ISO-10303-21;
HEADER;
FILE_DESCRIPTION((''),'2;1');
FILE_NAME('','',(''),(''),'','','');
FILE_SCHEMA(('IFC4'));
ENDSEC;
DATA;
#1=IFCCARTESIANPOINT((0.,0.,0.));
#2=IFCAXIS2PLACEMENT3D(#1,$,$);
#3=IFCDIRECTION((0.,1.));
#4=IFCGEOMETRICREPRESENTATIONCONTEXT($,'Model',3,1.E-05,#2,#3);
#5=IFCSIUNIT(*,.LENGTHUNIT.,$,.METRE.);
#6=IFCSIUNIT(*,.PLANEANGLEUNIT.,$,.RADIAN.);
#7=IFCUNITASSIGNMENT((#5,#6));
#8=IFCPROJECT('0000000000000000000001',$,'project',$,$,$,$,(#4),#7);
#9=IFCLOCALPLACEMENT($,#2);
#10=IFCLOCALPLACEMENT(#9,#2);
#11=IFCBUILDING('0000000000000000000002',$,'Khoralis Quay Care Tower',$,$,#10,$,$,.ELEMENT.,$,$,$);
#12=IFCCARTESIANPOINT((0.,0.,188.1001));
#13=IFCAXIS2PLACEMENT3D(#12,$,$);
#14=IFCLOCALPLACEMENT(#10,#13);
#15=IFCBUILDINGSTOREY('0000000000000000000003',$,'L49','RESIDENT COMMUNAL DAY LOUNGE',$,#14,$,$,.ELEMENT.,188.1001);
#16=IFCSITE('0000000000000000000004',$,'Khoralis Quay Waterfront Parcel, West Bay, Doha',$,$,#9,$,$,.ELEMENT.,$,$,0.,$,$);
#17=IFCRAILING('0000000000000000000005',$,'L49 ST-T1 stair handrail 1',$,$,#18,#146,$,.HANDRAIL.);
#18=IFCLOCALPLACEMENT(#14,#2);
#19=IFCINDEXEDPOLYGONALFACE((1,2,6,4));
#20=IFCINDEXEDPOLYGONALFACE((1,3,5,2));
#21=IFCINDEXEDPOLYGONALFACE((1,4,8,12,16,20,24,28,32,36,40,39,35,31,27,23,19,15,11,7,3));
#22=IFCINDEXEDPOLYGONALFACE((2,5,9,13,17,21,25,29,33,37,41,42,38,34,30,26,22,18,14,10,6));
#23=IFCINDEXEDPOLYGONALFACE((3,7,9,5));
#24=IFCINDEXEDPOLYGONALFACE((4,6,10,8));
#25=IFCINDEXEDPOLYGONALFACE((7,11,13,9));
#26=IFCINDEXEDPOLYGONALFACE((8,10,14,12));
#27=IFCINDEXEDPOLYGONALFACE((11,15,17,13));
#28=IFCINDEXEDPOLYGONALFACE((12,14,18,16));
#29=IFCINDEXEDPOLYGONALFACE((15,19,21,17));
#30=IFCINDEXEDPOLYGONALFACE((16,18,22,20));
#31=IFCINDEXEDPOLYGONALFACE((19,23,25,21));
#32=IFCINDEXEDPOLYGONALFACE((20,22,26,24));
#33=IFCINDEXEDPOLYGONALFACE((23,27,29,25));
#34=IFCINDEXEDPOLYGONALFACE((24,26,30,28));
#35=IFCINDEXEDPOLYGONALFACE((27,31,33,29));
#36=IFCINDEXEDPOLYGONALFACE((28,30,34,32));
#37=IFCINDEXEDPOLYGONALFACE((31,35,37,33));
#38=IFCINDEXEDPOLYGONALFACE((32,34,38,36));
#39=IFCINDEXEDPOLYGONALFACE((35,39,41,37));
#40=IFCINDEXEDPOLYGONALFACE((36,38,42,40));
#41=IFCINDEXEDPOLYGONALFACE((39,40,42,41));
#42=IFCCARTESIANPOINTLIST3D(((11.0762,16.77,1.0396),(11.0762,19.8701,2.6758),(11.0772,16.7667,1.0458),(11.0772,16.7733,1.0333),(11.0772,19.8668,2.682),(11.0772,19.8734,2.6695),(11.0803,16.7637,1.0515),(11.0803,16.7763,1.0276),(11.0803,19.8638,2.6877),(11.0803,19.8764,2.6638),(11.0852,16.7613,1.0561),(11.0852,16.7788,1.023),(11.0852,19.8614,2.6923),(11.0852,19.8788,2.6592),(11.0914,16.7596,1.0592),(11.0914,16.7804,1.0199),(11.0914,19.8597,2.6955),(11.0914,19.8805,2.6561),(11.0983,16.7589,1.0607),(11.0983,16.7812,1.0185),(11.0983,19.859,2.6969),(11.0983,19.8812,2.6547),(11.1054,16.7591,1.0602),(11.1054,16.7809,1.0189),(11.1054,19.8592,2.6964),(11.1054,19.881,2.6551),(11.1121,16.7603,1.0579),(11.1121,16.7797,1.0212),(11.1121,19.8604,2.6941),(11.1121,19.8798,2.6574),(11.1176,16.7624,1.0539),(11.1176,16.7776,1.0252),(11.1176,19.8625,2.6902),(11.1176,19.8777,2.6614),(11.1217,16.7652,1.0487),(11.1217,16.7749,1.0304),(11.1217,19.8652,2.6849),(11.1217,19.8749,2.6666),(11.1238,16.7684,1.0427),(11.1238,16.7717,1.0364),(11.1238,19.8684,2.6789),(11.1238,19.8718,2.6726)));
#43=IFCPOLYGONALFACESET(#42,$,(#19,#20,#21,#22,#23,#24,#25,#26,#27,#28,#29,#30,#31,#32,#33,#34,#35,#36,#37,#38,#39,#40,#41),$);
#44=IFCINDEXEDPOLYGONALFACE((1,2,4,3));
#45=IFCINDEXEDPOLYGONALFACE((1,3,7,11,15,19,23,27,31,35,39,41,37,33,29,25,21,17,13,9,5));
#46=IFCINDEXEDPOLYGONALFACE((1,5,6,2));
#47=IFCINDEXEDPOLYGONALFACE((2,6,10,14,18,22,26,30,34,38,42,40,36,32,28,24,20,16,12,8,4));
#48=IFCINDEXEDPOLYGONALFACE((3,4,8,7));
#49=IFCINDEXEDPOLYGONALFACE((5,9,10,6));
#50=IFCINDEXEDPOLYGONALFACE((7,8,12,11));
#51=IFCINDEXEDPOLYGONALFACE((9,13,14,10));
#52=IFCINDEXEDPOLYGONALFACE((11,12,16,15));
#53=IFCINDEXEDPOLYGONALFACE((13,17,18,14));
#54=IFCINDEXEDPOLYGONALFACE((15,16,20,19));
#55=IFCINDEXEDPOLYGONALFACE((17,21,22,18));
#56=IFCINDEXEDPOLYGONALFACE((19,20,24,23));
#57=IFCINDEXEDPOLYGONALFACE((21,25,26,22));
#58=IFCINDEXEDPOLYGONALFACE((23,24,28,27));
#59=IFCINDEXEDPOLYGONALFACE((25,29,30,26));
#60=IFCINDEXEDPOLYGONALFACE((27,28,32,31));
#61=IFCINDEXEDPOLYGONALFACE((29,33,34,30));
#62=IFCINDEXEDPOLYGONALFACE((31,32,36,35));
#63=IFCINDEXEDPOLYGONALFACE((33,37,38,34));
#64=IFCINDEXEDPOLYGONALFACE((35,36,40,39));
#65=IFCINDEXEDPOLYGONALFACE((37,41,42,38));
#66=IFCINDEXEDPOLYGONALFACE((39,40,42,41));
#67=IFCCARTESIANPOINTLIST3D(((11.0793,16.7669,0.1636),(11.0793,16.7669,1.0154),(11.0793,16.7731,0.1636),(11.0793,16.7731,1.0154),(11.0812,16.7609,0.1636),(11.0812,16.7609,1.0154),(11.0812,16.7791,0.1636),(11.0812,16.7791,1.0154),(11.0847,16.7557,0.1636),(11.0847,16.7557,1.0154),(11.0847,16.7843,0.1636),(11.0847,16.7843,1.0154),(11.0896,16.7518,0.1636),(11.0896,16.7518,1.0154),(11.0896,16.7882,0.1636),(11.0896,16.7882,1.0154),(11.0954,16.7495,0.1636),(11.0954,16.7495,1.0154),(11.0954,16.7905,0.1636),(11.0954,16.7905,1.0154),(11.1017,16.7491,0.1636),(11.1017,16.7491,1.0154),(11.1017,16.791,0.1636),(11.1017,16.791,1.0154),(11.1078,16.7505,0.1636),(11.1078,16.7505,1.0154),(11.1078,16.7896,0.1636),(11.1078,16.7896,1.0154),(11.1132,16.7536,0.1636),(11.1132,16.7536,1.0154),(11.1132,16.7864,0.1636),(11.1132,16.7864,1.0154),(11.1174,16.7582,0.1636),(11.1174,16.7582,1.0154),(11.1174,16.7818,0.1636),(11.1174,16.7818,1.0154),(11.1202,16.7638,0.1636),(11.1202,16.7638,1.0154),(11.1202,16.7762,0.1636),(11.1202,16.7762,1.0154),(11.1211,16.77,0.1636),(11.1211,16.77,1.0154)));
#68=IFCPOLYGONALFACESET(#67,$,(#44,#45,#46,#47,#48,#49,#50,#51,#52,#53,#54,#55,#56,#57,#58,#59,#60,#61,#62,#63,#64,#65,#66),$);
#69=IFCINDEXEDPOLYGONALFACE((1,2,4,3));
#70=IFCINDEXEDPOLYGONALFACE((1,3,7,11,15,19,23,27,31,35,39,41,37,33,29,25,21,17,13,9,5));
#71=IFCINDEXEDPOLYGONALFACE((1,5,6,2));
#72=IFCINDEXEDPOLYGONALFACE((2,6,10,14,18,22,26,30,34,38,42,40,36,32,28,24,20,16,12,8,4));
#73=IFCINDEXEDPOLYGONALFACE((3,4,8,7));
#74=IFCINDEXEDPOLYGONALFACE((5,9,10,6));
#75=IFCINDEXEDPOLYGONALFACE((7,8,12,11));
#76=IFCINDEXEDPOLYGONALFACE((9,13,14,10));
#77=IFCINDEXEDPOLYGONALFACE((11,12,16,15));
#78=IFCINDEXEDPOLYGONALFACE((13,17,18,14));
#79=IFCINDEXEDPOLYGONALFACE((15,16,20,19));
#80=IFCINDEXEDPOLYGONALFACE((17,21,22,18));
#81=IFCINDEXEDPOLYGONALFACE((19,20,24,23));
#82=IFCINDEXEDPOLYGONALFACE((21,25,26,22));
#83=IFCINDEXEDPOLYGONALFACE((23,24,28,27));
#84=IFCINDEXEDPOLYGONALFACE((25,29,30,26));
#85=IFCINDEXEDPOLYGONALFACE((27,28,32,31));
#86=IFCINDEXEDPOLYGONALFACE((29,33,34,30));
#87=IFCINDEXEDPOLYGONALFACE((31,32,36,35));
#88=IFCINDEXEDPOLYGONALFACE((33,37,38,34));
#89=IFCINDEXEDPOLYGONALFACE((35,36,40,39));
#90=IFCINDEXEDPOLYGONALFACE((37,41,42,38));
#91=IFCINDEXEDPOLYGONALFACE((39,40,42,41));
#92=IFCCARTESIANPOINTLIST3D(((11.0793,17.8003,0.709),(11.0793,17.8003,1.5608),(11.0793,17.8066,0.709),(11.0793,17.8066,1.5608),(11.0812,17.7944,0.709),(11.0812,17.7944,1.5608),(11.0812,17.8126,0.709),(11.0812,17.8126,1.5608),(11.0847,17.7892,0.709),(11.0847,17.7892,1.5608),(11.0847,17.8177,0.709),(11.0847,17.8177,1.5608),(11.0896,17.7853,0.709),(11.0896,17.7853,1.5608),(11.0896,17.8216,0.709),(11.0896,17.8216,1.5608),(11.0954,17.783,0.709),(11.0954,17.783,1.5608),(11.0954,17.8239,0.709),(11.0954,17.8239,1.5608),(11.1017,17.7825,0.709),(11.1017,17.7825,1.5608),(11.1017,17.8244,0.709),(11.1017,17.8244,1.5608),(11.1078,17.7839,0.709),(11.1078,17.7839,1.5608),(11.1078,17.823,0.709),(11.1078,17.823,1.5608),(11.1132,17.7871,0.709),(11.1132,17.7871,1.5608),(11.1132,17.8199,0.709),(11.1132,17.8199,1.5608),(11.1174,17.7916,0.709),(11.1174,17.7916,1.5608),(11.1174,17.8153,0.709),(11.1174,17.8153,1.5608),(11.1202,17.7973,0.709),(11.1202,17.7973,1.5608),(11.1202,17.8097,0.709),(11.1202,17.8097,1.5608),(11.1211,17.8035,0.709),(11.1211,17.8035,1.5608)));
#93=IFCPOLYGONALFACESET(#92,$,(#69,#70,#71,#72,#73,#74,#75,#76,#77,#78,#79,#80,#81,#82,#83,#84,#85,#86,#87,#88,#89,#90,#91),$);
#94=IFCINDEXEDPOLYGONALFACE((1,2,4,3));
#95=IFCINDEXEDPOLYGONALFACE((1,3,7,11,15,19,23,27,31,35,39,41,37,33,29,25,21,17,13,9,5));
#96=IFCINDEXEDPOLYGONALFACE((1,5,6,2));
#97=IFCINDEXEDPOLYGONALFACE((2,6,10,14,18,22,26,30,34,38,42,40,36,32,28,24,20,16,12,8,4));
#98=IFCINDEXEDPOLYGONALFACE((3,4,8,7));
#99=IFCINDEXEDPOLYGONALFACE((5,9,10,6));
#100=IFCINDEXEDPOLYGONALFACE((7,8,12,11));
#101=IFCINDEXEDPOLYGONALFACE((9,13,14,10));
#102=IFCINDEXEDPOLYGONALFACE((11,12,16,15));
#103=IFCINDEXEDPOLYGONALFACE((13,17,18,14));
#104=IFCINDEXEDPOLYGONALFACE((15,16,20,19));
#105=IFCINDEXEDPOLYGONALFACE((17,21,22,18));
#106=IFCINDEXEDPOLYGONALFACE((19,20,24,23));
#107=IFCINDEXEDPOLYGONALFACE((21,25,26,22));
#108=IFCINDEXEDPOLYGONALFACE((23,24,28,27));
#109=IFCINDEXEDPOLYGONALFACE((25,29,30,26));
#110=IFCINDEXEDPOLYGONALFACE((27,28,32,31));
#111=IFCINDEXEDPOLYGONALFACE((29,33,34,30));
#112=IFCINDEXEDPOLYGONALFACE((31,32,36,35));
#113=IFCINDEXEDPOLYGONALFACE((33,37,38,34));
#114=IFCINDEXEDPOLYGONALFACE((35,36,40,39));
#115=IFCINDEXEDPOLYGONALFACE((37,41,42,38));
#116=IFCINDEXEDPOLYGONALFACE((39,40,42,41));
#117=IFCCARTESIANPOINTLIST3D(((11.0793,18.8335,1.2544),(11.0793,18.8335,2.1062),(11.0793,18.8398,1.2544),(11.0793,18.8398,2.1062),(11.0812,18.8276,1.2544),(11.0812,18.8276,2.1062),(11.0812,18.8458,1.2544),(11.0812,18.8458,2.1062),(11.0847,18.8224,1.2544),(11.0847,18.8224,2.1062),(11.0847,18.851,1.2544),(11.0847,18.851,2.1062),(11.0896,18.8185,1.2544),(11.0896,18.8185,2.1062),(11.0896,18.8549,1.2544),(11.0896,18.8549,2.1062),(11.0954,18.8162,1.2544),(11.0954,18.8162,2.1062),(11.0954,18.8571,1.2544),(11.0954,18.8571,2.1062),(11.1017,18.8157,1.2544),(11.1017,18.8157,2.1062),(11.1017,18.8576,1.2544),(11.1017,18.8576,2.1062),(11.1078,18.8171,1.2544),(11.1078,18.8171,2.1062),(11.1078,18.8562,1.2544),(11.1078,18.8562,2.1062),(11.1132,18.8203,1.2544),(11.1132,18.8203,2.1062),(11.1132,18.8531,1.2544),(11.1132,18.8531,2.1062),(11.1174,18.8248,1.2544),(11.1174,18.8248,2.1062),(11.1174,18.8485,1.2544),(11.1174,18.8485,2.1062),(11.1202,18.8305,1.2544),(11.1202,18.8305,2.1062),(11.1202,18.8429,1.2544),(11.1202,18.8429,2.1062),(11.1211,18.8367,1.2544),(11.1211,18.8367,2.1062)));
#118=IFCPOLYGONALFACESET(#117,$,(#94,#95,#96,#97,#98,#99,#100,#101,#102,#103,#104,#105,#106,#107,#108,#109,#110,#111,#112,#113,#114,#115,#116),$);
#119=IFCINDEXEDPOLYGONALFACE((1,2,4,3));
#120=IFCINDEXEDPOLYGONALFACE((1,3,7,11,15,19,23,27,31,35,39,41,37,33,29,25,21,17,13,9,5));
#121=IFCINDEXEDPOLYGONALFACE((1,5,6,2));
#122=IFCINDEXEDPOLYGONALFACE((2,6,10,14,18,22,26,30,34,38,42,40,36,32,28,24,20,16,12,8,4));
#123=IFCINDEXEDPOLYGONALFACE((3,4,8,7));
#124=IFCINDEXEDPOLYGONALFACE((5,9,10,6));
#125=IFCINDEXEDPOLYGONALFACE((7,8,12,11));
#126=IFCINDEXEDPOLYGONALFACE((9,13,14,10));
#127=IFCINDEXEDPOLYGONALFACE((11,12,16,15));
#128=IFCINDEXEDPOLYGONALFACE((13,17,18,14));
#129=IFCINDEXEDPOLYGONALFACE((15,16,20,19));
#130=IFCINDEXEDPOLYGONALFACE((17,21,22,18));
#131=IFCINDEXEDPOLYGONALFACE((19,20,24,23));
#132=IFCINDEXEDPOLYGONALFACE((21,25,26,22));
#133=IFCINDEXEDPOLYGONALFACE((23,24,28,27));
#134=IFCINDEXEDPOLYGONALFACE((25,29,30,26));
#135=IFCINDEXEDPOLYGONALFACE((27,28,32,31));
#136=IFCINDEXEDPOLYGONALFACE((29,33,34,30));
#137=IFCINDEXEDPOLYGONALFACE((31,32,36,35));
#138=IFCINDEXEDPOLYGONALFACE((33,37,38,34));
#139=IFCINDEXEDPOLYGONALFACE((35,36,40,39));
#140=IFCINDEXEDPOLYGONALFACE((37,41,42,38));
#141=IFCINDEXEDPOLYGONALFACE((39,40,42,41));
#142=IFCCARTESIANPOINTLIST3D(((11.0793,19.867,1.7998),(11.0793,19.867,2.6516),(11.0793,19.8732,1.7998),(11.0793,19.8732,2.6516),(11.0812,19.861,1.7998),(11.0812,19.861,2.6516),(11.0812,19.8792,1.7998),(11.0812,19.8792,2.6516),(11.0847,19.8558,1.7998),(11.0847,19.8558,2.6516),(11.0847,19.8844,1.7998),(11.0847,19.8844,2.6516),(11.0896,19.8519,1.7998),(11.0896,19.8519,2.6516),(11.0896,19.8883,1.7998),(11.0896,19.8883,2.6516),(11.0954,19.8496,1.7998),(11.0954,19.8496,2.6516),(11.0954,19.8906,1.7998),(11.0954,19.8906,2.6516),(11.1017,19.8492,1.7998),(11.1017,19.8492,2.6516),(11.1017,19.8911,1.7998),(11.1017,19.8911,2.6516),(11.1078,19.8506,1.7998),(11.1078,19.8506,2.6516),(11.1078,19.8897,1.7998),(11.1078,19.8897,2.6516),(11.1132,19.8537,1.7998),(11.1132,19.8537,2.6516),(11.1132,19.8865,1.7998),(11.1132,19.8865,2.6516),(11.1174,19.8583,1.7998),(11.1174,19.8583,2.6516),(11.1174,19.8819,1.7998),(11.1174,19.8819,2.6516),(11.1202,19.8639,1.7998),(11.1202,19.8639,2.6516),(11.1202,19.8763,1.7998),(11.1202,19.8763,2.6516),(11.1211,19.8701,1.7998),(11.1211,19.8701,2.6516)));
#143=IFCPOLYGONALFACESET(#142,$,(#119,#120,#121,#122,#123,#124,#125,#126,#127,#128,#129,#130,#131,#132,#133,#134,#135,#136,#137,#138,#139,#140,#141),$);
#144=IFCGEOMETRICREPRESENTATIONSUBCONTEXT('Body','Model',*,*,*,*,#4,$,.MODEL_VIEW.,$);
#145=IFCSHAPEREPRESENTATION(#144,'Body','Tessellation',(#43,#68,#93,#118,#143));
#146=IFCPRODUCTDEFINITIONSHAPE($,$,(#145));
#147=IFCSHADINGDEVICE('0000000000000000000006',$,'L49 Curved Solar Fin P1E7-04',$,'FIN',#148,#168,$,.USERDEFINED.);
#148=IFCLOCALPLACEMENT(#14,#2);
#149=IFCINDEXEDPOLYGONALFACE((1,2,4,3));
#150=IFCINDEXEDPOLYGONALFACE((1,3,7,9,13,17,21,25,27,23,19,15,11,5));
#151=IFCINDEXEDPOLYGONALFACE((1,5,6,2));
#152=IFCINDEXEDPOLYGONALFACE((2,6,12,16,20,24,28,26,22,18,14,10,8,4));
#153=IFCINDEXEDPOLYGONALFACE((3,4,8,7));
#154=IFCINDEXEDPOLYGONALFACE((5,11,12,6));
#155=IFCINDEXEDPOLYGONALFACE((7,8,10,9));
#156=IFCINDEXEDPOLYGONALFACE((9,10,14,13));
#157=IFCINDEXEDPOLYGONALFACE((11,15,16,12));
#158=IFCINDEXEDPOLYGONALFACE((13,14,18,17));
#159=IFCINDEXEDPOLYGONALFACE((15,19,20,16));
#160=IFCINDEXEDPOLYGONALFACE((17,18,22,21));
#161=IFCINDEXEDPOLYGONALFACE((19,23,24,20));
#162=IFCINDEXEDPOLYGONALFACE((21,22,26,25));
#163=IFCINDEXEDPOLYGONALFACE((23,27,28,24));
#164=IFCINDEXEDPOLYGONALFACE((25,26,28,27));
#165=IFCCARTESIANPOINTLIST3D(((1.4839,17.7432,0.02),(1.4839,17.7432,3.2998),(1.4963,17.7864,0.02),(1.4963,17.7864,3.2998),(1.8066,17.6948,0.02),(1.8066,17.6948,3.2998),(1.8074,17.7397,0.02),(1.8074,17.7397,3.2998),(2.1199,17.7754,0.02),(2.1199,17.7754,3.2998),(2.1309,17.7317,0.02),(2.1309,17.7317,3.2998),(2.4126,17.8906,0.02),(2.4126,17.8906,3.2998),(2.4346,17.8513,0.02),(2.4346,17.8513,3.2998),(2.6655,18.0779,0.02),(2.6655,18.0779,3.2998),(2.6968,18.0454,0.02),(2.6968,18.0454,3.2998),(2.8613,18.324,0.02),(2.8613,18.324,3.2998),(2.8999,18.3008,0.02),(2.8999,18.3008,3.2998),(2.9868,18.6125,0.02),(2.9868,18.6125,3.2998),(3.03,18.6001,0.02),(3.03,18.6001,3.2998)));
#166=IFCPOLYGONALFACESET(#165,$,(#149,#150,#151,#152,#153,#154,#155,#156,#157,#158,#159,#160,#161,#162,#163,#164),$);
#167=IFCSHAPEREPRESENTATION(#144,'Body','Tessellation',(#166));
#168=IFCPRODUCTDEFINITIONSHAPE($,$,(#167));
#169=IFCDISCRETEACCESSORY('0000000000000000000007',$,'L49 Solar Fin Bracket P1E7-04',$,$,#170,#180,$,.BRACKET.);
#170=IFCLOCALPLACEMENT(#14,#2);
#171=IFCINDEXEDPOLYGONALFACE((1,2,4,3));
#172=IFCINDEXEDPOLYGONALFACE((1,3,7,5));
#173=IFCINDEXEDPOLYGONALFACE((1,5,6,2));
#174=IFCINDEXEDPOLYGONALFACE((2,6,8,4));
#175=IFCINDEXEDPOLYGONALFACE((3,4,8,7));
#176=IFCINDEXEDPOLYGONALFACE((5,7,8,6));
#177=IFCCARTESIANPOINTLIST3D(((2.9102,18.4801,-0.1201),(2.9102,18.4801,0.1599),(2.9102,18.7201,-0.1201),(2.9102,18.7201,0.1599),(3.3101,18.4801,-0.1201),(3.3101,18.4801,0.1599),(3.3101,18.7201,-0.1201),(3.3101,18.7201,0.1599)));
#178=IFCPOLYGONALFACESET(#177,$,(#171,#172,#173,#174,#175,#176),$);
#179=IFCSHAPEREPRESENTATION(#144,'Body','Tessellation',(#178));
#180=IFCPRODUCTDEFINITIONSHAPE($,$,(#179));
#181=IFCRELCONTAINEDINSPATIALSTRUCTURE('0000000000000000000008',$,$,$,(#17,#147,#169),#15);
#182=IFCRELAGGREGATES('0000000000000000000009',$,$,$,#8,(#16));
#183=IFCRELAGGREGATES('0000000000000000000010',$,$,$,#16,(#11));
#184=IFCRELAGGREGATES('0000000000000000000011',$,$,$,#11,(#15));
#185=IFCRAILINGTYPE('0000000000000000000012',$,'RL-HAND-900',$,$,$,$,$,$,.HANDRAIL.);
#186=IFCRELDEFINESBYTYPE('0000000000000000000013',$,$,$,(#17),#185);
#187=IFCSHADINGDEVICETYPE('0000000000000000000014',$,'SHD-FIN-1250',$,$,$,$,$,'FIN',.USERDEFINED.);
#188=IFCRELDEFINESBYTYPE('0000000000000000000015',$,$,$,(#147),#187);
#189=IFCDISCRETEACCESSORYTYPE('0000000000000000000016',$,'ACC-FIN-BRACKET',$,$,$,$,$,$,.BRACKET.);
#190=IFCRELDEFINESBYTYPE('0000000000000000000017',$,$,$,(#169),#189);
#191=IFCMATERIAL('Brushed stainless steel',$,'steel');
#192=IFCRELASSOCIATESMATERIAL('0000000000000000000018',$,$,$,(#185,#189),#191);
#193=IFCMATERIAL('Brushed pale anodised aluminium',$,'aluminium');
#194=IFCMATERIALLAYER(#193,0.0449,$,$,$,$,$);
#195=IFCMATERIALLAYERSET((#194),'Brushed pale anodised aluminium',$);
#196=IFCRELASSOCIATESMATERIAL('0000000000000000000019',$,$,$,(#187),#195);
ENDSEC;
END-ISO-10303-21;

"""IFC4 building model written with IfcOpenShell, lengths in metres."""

from ifc_helpers import new_model, si_unit, direction, frame, origin, origin_2d, place, context, subcontext, project, spatial, polyline, rectangle, circle, outline, extrude, source, transform, mapped, material, layer, layer_set, type_object, element, save


model = new_model("IFC4")

# Units and contexts
model_context = context("Model", 3, precision=1e-05, world=origin(), true_north=direction((0.0, 1.0)))
body_context = subcontext(model_context, "Body", "Model", "MODEL_VIEW")
ifc_project = project(units=[si_unit("LENGTHUNIT", "METRE"), si_unit("PLANEANGLEUNIT", "RADIAN")], contexts=[model_context])

# Site, building, storey
site_placement = place(None, origin())
site = spatial("IfcSite", under=ifc_project, at=site_placement, Name="Khoralis Quay Waterfront Parcel, West Bay, Doha", CompositionType="ELEMENT", RefElevation=0.0)
building_placement = place(site_placement, origin())
building = spatial("IfcBuilding", under=site, at=building_placement, Name="Khoralis Quay Care Tower", CompositionType="ELEMENT")
storey_placement = place(building_placement, frame((0.0, 0.0, 188.1001)))
storey = spatial("IfcBuildingStorey", under=building, at=storey_placement, Name="L49", Description="RESIDENT COMMUNAL DAY LOUNGE", CompositionType="ELEMENT", Elevation=188.1001)

# Shared definitions
ifc_material_1 = material(Name="Brushed stainless steel", Category="steel")

# Railing
railing_type_1 = type_object("IfcRailingType", Name="RL-HAND-900", PredefinedType="HANDRAIL", material=ifc_material_1)
railing_1_placement = place(storey_placement, frame((11.1001, 16.77, 0.1636)))
element("IfcRailing", 1, at=railing_1_placement, inside=storey, type_object=railing_type_1, Name="L49 ST-T1 stair handrail 1", PredefinedType="HANDRAIL", context=body_context, shape_type="SweptSolid", body=[
    extrude(circle(Radius=0.0239, at=origin_2d()), frame((0.0, 0.0, 0.876), z_axis=(0.0, 0.884377, 0.466774), x_axis=(-1.0, 0.0, 0.0)), (0.0, 0.0, 1.0), 3.5054),
    extrude(circle(Radius=0.021, at=origin_2d()), origin(), (0.0, 0.0, 1.0), 0.8518),
    extrude(circle(Radius=0.021, at=origin_2d()), frame((0.0, 1.0334, 0.5454)), (0.0, 0.0, 1.0), 0.8518),
    extrude(circle(Radius=0.021, at=origin_2d()), frame((0.0, 2.0667, 1.0908)), (0.0, 0.0, 1.0), 0.8518),
    extrude(circle(Radius=0.021, at=origin_2d()), frame((0.0, 3.1001, 1.6362)), (0.0, 0.0, 1.0), 0.8518),
])

# Shading device
ifc_material_2 = material(Name="Brushed pale anodised aluminium", Category="aluminium")
ifc_layer_1 = layer(ifc_material_2, 0.0449)
ifc_layer_set_1 = layer_set([ifc_layer_1], Name="Brushed pale anodised aluminium")
shading_device_type = type_object("IfcShadingDeviceType", Name="SHD-FIN-1250", ElementType="FIN", PredefinedType="USERDEFINED", material=ifc_layer_set_1)
shared_shape_1 = source(origin(), body_context, "Body", "SweptSolid", [
    extrude(outline(polyline([(0.0, 0.0), (0.1301, 0.2993), (0.3333, 0.5547), (0.5955, 0.7488), (0.8992, 0.8684), (1.2234, 0.9053), (1.5461, 0.8569), (1.5337, 0.8137), (1.2227, 0.8604), (0.9102, 0.8247), (0.6174, 0.7095), (0.3645, 0.5222), (0.1687, 0.2761), (0.0432, -0.0125), (0.0, 0.0)])), origin(), (0.0, 0.0, 1.0), 3.2798),
])
shading_device_placement = place(storey_placement, frame((3.03, 18.6001, 0.02), z_axis=(0.0, 0.0, 1.0), x_axis=(-1.0, 0.0, 0.0)))
element("IfcShadingDevice", 2, at=shading_device_placement, inside=storey, type_object=shading_device_type, Name="L49 Curved Solar Fin P1E7-04", ObjectType="FIN", PredefinedType="USERDEFINED", context=body_context, shape_type="MappedRepresentation", body=[
    mapped(shared_shape_1, transform((0.0, 0.0, 0.0), scale=1.0)),
])

# Discrete accessory
discrete_accessory_type = type_object("IfcDiscreteAccessoryType", Name="ACC-FIN-BRACKET", PredefinedType="BRACKET", material=ifc_material_1)
shared_shape_2 = source(origin(), body_context, "Body", "SweptSolid", [
    extrude(rectangle(XDim=0.3999, YDim=0.24, at=origin_2d()), origin(), (0.0, 0.0, 1.0), 0.28),
])
discrete_accessory_placement = place(storey_placement, frame((3.1101, 18.6001, -0.1201), z_axis=(0.0, 0.0, 1.0), x_axis=(-1.0, 0.0, 0.0)))
element("IfcDiscreteAccessory", 3, at=discrete_accessory_placement, inside=storey, type_object=discrete_accessory_type, Name="L49 Solar Fin Bracket P1E7-04", PredefinedType="BRACKET", context=body_context, shape_type="MappedRepresentation", body=[
    mapped(shared_shape_2, transform((0.0, 0.0, 0.0), scale=1.0)),
])

save(model, "model.ifc")
